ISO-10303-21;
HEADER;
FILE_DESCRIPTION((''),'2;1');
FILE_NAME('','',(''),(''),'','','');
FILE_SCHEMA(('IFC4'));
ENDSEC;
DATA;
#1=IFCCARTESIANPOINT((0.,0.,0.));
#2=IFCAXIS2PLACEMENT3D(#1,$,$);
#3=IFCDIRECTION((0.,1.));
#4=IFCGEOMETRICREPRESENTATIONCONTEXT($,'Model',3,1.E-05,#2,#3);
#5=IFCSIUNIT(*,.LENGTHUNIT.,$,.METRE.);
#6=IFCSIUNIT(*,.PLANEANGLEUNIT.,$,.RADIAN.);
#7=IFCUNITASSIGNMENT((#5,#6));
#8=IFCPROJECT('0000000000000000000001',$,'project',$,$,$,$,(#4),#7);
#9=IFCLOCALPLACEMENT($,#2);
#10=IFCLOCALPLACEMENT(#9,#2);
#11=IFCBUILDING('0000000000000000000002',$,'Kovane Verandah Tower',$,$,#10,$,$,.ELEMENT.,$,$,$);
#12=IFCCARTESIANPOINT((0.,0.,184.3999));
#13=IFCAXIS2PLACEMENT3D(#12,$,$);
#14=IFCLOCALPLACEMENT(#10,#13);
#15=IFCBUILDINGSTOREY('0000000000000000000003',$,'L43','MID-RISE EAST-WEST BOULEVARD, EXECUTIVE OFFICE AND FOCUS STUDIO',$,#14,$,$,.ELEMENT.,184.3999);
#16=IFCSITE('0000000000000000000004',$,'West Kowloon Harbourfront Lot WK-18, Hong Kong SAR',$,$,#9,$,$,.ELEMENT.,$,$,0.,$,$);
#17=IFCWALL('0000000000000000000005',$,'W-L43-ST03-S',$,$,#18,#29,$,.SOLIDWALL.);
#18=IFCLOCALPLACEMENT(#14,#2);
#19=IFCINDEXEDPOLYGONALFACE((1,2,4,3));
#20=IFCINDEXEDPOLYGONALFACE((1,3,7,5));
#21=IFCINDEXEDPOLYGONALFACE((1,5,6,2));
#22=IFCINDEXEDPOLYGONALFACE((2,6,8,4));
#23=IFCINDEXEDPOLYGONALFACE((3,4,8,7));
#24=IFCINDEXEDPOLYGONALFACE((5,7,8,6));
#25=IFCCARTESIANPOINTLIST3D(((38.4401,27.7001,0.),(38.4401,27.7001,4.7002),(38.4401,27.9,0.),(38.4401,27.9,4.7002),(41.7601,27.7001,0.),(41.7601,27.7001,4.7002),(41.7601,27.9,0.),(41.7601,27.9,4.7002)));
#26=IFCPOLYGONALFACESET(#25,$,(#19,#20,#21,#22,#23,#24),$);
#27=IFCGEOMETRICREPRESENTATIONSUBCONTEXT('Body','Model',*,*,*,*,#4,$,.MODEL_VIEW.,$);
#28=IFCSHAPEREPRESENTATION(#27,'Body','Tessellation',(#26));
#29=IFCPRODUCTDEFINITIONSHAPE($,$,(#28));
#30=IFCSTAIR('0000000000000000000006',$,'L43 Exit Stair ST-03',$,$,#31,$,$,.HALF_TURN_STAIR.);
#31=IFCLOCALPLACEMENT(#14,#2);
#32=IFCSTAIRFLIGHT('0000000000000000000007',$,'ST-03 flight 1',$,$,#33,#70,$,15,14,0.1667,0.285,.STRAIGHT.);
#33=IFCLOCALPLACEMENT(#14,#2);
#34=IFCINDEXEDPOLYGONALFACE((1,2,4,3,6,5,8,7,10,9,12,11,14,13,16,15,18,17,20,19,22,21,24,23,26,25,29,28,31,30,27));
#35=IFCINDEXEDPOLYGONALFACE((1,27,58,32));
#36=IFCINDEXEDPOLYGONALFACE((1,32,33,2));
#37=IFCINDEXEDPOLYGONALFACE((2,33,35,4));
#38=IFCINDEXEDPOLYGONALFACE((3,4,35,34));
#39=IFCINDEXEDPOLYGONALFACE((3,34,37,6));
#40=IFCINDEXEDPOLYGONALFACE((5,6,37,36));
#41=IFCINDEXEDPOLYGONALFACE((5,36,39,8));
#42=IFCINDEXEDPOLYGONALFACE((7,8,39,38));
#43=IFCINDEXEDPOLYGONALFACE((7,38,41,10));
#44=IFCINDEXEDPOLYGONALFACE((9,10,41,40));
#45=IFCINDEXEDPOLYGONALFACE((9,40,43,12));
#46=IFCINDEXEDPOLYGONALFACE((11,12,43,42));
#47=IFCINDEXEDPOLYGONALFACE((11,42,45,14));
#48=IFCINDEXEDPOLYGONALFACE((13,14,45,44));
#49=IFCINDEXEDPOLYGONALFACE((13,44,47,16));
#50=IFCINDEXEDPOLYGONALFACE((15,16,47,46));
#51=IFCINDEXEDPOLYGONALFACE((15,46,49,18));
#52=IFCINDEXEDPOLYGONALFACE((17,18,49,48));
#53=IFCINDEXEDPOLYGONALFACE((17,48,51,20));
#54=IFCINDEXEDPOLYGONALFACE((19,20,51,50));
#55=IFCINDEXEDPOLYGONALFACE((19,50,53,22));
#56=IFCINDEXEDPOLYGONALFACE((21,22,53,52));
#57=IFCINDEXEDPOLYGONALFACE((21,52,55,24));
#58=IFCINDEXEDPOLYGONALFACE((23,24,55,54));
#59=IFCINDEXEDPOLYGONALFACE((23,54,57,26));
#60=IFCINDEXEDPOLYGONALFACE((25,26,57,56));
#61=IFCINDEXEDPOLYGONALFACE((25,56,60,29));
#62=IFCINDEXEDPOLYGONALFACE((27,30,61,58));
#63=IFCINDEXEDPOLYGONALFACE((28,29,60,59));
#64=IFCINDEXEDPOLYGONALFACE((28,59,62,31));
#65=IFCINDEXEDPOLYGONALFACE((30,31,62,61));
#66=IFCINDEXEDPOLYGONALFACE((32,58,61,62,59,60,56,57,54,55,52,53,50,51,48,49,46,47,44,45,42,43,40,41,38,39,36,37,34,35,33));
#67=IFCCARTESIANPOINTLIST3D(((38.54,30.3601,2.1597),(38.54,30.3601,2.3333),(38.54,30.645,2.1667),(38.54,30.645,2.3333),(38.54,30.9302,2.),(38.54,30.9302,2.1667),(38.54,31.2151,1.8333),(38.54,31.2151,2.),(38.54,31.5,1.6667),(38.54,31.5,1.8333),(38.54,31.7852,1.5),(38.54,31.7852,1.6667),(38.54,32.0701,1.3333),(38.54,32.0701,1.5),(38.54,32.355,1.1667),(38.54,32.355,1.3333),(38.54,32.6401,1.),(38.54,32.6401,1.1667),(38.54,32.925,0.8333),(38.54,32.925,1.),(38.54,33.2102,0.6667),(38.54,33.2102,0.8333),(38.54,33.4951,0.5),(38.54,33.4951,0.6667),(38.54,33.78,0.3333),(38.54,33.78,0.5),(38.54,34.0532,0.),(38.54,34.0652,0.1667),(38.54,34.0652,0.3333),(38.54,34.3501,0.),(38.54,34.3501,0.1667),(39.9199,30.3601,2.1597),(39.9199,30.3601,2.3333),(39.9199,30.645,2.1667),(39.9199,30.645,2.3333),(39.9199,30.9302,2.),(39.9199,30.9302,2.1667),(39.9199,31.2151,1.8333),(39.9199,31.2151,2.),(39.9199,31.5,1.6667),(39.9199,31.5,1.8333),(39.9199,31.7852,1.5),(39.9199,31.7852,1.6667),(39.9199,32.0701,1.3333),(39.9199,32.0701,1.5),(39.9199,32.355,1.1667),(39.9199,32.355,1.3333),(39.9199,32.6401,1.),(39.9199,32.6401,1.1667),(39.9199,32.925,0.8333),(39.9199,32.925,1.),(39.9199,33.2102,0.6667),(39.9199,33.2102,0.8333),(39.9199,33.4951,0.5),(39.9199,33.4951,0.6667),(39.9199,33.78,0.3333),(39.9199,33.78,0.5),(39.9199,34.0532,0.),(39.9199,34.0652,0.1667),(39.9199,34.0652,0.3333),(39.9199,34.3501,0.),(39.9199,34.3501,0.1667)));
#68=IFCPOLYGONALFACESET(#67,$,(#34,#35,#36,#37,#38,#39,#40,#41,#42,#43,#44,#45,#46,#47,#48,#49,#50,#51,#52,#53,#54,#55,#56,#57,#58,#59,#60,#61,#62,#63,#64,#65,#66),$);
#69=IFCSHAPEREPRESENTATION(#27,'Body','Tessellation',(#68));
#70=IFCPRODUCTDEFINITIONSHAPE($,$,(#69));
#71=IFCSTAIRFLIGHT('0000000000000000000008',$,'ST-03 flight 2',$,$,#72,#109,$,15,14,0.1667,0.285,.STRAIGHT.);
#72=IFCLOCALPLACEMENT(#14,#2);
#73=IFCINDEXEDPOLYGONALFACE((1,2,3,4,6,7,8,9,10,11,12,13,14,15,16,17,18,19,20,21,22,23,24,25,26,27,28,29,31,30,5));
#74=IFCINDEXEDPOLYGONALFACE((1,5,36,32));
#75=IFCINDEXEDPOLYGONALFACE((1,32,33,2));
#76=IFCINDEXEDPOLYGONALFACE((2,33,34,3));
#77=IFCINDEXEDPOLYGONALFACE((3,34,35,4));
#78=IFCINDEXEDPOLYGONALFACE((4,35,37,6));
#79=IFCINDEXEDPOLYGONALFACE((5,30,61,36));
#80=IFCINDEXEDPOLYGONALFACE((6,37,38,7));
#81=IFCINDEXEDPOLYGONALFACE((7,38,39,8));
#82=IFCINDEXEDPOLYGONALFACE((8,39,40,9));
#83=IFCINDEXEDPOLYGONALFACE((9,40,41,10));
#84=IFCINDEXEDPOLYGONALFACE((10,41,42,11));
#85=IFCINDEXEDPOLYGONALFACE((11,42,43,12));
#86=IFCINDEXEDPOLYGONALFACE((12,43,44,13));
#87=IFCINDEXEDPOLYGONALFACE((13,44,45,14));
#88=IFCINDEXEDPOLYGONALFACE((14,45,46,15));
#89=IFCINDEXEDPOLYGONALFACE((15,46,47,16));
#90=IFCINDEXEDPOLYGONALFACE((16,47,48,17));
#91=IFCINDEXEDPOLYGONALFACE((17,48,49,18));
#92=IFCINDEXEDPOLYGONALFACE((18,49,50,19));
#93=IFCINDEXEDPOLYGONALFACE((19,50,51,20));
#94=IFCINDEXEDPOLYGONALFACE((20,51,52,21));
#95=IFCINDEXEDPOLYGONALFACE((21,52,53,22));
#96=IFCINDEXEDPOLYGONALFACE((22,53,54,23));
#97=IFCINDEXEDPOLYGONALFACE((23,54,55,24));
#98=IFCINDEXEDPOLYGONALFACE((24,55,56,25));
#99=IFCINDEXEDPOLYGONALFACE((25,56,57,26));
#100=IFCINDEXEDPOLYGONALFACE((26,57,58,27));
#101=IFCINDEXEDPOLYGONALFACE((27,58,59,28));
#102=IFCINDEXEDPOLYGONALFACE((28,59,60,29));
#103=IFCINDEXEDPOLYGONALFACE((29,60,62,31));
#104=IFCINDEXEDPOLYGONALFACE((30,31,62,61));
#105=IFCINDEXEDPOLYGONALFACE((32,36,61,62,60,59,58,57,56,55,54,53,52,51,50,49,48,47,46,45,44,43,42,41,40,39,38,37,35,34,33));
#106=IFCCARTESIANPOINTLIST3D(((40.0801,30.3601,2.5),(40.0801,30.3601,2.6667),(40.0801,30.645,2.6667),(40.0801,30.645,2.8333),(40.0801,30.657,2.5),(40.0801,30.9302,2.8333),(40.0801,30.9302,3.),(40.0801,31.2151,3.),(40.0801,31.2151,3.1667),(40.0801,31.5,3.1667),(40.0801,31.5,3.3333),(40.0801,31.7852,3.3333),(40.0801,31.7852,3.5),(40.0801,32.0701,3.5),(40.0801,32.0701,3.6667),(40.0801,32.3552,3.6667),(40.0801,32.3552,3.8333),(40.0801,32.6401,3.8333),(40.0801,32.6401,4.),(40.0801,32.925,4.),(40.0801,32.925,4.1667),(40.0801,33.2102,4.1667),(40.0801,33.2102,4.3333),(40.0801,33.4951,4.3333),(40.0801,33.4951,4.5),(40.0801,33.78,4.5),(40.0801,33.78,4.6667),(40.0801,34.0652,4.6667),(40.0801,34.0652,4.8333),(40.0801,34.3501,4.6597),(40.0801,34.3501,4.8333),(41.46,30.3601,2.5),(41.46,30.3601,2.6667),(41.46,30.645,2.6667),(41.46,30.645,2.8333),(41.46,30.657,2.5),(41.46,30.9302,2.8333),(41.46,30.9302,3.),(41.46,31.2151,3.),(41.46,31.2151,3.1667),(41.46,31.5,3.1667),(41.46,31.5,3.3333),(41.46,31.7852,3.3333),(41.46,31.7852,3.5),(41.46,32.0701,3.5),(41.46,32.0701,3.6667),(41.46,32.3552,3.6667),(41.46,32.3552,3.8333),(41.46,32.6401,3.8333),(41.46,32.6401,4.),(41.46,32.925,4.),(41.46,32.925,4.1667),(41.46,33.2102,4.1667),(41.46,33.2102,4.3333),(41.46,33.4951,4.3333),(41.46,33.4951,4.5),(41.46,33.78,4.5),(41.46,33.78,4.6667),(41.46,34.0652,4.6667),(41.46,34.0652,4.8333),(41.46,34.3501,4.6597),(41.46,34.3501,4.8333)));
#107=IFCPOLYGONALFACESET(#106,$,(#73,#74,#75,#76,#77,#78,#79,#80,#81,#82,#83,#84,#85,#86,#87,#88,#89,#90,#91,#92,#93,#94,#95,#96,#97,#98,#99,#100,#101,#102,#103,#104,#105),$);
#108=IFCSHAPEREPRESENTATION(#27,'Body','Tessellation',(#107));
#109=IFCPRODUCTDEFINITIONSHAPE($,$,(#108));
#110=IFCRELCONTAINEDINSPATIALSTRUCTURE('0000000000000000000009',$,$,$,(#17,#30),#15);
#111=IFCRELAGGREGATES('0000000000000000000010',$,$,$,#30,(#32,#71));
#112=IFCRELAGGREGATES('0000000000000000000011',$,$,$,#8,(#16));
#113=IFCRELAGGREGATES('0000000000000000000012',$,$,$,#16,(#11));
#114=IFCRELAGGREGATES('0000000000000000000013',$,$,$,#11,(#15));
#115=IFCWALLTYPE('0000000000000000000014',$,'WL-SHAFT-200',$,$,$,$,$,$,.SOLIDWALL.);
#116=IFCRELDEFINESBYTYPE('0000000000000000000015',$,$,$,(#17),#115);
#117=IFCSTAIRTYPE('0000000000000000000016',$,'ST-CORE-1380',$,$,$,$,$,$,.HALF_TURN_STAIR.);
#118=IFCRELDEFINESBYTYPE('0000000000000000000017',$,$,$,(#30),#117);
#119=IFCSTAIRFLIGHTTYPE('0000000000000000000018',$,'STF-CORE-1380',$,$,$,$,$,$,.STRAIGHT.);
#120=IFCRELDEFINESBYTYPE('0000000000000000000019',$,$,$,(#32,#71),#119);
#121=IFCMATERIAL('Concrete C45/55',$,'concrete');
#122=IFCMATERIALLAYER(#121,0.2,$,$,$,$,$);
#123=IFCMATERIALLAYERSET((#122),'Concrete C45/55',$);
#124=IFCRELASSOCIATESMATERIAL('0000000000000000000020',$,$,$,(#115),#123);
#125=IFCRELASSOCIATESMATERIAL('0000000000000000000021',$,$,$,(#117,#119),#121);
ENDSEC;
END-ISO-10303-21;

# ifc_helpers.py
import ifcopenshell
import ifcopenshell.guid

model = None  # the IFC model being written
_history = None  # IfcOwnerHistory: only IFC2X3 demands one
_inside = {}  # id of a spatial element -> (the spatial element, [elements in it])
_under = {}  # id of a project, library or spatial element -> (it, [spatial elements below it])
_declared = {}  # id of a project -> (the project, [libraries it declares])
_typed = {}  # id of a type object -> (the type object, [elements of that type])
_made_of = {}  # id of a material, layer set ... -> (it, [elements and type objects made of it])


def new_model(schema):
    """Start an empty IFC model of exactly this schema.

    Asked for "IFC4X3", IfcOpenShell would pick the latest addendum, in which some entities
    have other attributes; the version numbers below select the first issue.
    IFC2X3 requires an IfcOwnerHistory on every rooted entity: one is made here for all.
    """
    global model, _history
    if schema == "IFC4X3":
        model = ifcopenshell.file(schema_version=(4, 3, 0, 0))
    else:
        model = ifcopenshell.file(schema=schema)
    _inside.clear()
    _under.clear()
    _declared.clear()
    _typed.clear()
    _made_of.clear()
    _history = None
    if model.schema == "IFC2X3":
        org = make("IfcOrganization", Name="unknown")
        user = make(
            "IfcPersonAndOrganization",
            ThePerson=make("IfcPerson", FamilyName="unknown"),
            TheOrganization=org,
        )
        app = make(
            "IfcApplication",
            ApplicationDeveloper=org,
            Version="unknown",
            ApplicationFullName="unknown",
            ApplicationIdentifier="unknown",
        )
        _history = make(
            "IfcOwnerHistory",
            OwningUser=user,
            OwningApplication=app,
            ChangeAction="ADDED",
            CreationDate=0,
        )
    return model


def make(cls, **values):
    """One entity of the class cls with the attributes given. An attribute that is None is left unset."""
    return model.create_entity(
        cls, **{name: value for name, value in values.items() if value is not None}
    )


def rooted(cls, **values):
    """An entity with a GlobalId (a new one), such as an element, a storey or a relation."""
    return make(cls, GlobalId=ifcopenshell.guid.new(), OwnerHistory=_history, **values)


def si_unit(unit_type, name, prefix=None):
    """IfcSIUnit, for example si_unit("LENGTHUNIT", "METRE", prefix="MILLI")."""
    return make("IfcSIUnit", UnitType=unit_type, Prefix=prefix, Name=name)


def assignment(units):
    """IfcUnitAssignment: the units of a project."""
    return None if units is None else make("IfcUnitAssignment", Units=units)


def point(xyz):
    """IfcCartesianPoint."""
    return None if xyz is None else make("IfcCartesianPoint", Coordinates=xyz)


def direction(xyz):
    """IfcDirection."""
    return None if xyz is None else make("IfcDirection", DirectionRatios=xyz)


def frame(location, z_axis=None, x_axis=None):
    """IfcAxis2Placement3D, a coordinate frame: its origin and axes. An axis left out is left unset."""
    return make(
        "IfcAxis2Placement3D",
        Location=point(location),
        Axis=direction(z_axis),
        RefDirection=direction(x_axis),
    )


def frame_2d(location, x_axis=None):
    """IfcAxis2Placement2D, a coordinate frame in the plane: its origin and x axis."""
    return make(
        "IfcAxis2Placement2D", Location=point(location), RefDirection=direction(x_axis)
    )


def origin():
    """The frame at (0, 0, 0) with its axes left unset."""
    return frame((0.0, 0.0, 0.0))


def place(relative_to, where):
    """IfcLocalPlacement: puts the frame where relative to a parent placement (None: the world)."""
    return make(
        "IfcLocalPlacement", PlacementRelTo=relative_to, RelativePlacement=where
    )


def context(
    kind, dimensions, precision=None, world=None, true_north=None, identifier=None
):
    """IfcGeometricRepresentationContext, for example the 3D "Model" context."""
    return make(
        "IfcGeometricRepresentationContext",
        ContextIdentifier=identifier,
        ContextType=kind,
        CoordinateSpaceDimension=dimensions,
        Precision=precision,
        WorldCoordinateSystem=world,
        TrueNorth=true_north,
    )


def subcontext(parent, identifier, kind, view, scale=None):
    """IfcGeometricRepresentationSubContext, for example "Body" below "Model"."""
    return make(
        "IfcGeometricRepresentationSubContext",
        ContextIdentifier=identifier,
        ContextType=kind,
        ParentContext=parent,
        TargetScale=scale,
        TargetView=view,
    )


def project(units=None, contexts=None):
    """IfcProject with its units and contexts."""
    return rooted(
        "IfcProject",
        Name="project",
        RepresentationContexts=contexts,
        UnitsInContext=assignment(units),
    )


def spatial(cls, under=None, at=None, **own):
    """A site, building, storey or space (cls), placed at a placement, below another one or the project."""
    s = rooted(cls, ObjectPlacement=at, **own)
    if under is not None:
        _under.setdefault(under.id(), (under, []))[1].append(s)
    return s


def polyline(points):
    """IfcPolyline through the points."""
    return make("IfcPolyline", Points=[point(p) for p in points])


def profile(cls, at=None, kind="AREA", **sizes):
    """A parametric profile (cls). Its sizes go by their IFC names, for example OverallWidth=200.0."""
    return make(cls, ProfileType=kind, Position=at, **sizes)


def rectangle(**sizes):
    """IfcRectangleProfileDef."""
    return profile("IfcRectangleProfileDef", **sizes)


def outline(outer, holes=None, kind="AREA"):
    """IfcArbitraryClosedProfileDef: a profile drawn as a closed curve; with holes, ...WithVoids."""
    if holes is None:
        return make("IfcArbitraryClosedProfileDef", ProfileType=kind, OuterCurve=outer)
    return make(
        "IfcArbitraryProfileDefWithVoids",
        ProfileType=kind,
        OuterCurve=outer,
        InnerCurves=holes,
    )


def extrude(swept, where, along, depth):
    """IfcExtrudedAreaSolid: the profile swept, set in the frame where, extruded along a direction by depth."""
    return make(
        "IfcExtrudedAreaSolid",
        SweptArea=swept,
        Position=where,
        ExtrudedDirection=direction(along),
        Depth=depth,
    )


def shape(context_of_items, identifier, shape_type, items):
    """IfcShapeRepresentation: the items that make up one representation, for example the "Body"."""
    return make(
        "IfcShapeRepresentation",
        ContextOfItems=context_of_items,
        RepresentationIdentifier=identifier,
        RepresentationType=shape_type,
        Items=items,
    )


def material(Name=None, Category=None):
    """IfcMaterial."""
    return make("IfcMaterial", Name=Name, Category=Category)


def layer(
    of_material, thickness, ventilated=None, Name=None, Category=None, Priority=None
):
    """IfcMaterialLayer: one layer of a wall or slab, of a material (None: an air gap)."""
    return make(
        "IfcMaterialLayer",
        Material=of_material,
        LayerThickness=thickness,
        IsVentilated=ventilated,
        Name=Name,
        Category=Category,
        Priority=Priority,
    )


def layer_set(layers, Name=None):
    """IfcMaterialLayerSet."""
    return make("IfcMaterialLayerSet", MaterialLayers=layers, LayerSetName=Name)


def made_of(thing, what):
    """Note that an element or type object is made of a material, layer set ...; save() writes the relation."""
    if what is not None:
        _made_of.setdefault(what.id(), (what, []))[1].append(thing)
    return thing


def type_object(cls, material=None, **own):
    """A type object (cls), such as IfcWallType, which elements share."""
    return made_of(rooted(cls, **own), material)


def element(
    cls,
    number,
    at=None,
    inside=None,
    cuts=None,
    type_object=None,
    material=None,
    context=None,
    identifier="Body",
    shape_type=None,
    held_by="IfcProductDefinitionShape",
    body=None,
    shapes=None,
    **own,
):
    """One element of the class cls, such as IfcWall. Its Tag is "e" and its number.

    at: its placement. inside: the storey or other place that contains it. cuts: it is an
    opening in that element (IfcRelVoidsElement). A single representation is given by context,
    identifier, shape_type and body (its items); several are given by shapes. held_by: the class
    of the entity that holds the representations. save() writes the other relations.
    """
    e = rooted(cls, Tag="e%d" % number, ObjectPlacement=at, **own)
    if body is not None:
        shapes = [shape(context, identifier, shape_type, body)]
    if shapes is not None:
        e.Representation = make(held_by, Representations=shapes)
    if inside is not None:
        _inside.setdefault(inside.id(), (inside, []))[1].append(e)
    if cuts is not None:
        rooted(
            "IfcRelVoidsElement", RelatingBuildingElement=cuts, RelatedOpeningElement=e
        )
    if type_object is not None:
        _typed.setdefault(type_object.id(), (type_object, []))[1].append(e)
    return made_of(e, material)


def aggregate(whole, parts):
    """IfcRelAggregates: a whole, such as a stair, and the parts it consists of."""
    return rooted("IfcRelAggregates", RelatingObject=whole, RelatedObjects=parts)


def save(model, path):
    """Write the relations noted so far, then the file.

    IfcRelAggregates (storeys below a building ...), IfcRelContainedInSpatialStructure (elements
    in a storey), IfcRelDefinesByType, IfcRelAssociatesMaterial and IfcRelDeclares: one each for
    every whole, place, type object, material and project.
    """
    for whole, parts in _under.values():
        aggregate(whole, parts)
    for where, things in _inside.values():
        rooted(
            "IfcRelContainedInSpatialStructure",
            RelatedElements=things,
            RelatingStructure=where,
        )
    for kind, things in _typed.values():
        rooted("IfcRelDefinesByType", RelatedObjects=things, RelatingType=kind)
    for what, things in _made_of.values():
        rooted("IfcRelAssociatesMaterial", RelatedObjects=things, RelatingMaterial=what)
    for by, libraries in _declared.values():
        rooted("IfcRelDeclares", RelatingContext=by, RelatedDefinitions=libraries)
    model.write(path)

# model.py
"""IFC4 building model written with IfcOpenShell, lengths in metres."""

from ifc_helpers import new_model, si_unit, direction, frame, frame_2d, origin, place, context, subcontext, project, spatial, polyline, rectangle, outline, extrude, material, layer, layer_set, type_object, element, aggregate, save


model = new_model("IFC4")

# Units and contexts
model_context = context("Model", 3, precision=1e-05, world=origin(), true_north=direction((0.0, 1.0)))
body_context = subcontext(model_context, "Body", "Model", "MODEL_VIEW")
ifc_project = project(units=[si_unit("LENGTHUNIT", "METRE"), si_unit("PLANEANGLEUNIT", "RADIAN")], contexts=[model_context])

# Site, building, storey
site_placement = place(None, origin())
site = spatial("IfcSite", under=ifc_project, at=site_placement, Name="West Kowloon Harbourfront Lot WK-18, Hong Kong SAR", CompositionType="ELEMENT", RefElevation=0.0)
building_placement = place(site_placement, origin())
building = spatial("IfcBuilding", under=site, at=building_placement, Name="Kovane Verandah Tower", CompositionType="ELEMENT")
storey_placement = place(building_placement, frame((0.0, 0.0, 184.3999)))
storey = spatial("IfcBuildingStorey", under=building, at=storey_placement, Name="L43", Description="MID-RISE EAST-WEST BOULEVARD, EXECUTIVE OFFICE AND FOCUS STUDIO", CompositionType="ELEMENT", Elevation=184.3999)

# Shared definitions
ifc_material_1 = material(Name="Concrete C45/55", Category="concrete")
ifc_layer_1 = layer(ifc_material_1, 0.2)
ifc_layer_set_1 = layer_set([ifc_layer_1], Name="Concrete C45/55")
wall_type_1 = type_object("IfcWallType", Name="WL-SHAFT-200", PredefinedType="SOLIDWALL", material=ifc_layer_set_1)

# Wall
wall_1_placement = place(storey_placement, frame((38.4399, 27.8, 0.0), z_axis=(0.0, 0.0, 1.0), x_axis=(1.0, 0.0, 0.0)))
element("IfcWall", 1, at=wall_1_placement, inside=storey, type_object=wall_type_1, Name="W-L43-ST03-S", PredefinedType="SOLIDWALL", context=body_context, shape_type="SweptSolid", body=[
    extrude(rectangle(XDim=3.3201, YDim=0.2, at=frame_2d((1.6602, 0.0))), origin(), (0.0, 0.0, 1.0), 4.7002),
])

# Stair, stair flights
stair_type = type_object("IfcStairType", Name="ST-CORE-1380", PredefinedType="HALF_TURN_STAIR", material=ifc_material_1)
stair_placement = place(storey_placement, origin())
stair = element("IfcStair", 2, at=stair_placement, inside=storey, type_object=stair_type, Name="L43 Exit Stair ST-03", PredefinedType="HALF_TURN_STAIR")
stair_flight_type = type_object("IfcStairFlightType", Name="STF-CORE-1380", PredefinedType="STRAIGHT", material=ifc_material_1)
stair_flight_1_placement = place(storey_placement, frame((39.23, 34.3501, 0.0), z_axis=(0.0, 0.0, 1.0), x_axis=(0.0, -1.0, 0.0)))
stair_flight_1 = element("IfcStairFlight", 3, at=stair_flight_1_placement, type_object=stair_flight_type, Name="ST-03 flight 1", NumberOfRisers=15, NumberOfTreads=14, PredefinedType="STRAIGHT", RiserHeight=0.1667, TreadLength=0.285, context=body_context, shape_type="SweptSolid", body=[
    extrude(outline(polyline([(0.0, 0.0), (0.0, 0.1667), (0.2849, 0.1667), (0.2849, 0.3333), (0.5701, 0.3333), (0.5701, 0.5), (0.855, 0.5), (0.855, 0.6667), (1.1399, 0.6667), (1.1399, 0.8333), (1.425, 0.8333), (1.425, 1.0), (1.71, 1.0), (1.71, 1.1667), (1.9951, 1.1667), (1.9951, 1.3333), (2.28, 1.3333), (2.28, 1.5), (2.5649, 1.5), (2.5649, 1.6667), (2.8501, 1.6667), (2.8501, 1.8333), (3.135, 1.8333), (3.135, 2.0), (3.4199, 2.0), (3.4199, 2.1667), (3.7051, 2.1667), (3.7051, 2.3333), (3.99, 2.3333), (3.99, 2.5), (3.99, 2.1597), (0.2969, 0.0), (0.0, 0.0)])), frame((0.0, 0.6899, 0.0), z_axis=(0.0, -1.0, 0.0), x_axis=(1.0, 0.0, 0.0)), (0.0, 0.0, 1.0), 1.3799),
])
stair_flight_2_placement = place(storey_placement, frame((40.77, 30.3601, 2.5), z_axis=(0.0, 0.0, 1.0), x_axis=(0.0, 1.0, 0.0)))
stair_flight_2 = element("IfcStairFlight", 4, at=stair_flight_2_placement, type_object=stair_flight_type, Name="ST-03 flight 2", NumberOfRisers=15, NumberOfTreads=14, PredefinedType="STRAIGHT", RiserHeight=0.1667, TreadLength=0.285, context=body_context, shape_type="SweptSolid", body=[
    extrude(outline(polyline([(0.0, 0.0), (0.0, 0.1667), (0.2849, 0.1667), (0.2849, 0.3333), (0.5701, 0.3333), (0.5701, 0.5), (0.855, 0.5), (0.855, 0.6667), (1.1399, 0.6667), (1.1399, 0.8333), (1.425, 0.8333), (1.425, 1.0), (1.71, 1.0), (1.71, 1.1667), (1.9951, 1.1667), (1.9951, 1.3333), (2.28, 1.3333), (2.28, 1.5), (2.5649, 1.5), (2.5649, 1.6667), (2.8501, 1.6667), (2.8501, 1.8333), (3.135, 1.8333), (3.135, 2.0), (3.4199, 2.0), (3.4199, 2.1667), (3.7051, 2.1667), (3.7051, 2.3333), (3.99, 2.3333), (3.99, 2.5), (3.99, 2.1597), (0.2969, 0.0), (0.0, 0.0)])), frame((0.0, 0.6899, 0.0), z_axis=(0.0, -1.0, 0.0), x_axis=(1.0, 0.0, 0.0)), (0.0, 0.0, 1.0), 1.3799),
])
aggregate(stair, [stair_flight_1, stair_flight_2])

save(model, "model.ifc")
